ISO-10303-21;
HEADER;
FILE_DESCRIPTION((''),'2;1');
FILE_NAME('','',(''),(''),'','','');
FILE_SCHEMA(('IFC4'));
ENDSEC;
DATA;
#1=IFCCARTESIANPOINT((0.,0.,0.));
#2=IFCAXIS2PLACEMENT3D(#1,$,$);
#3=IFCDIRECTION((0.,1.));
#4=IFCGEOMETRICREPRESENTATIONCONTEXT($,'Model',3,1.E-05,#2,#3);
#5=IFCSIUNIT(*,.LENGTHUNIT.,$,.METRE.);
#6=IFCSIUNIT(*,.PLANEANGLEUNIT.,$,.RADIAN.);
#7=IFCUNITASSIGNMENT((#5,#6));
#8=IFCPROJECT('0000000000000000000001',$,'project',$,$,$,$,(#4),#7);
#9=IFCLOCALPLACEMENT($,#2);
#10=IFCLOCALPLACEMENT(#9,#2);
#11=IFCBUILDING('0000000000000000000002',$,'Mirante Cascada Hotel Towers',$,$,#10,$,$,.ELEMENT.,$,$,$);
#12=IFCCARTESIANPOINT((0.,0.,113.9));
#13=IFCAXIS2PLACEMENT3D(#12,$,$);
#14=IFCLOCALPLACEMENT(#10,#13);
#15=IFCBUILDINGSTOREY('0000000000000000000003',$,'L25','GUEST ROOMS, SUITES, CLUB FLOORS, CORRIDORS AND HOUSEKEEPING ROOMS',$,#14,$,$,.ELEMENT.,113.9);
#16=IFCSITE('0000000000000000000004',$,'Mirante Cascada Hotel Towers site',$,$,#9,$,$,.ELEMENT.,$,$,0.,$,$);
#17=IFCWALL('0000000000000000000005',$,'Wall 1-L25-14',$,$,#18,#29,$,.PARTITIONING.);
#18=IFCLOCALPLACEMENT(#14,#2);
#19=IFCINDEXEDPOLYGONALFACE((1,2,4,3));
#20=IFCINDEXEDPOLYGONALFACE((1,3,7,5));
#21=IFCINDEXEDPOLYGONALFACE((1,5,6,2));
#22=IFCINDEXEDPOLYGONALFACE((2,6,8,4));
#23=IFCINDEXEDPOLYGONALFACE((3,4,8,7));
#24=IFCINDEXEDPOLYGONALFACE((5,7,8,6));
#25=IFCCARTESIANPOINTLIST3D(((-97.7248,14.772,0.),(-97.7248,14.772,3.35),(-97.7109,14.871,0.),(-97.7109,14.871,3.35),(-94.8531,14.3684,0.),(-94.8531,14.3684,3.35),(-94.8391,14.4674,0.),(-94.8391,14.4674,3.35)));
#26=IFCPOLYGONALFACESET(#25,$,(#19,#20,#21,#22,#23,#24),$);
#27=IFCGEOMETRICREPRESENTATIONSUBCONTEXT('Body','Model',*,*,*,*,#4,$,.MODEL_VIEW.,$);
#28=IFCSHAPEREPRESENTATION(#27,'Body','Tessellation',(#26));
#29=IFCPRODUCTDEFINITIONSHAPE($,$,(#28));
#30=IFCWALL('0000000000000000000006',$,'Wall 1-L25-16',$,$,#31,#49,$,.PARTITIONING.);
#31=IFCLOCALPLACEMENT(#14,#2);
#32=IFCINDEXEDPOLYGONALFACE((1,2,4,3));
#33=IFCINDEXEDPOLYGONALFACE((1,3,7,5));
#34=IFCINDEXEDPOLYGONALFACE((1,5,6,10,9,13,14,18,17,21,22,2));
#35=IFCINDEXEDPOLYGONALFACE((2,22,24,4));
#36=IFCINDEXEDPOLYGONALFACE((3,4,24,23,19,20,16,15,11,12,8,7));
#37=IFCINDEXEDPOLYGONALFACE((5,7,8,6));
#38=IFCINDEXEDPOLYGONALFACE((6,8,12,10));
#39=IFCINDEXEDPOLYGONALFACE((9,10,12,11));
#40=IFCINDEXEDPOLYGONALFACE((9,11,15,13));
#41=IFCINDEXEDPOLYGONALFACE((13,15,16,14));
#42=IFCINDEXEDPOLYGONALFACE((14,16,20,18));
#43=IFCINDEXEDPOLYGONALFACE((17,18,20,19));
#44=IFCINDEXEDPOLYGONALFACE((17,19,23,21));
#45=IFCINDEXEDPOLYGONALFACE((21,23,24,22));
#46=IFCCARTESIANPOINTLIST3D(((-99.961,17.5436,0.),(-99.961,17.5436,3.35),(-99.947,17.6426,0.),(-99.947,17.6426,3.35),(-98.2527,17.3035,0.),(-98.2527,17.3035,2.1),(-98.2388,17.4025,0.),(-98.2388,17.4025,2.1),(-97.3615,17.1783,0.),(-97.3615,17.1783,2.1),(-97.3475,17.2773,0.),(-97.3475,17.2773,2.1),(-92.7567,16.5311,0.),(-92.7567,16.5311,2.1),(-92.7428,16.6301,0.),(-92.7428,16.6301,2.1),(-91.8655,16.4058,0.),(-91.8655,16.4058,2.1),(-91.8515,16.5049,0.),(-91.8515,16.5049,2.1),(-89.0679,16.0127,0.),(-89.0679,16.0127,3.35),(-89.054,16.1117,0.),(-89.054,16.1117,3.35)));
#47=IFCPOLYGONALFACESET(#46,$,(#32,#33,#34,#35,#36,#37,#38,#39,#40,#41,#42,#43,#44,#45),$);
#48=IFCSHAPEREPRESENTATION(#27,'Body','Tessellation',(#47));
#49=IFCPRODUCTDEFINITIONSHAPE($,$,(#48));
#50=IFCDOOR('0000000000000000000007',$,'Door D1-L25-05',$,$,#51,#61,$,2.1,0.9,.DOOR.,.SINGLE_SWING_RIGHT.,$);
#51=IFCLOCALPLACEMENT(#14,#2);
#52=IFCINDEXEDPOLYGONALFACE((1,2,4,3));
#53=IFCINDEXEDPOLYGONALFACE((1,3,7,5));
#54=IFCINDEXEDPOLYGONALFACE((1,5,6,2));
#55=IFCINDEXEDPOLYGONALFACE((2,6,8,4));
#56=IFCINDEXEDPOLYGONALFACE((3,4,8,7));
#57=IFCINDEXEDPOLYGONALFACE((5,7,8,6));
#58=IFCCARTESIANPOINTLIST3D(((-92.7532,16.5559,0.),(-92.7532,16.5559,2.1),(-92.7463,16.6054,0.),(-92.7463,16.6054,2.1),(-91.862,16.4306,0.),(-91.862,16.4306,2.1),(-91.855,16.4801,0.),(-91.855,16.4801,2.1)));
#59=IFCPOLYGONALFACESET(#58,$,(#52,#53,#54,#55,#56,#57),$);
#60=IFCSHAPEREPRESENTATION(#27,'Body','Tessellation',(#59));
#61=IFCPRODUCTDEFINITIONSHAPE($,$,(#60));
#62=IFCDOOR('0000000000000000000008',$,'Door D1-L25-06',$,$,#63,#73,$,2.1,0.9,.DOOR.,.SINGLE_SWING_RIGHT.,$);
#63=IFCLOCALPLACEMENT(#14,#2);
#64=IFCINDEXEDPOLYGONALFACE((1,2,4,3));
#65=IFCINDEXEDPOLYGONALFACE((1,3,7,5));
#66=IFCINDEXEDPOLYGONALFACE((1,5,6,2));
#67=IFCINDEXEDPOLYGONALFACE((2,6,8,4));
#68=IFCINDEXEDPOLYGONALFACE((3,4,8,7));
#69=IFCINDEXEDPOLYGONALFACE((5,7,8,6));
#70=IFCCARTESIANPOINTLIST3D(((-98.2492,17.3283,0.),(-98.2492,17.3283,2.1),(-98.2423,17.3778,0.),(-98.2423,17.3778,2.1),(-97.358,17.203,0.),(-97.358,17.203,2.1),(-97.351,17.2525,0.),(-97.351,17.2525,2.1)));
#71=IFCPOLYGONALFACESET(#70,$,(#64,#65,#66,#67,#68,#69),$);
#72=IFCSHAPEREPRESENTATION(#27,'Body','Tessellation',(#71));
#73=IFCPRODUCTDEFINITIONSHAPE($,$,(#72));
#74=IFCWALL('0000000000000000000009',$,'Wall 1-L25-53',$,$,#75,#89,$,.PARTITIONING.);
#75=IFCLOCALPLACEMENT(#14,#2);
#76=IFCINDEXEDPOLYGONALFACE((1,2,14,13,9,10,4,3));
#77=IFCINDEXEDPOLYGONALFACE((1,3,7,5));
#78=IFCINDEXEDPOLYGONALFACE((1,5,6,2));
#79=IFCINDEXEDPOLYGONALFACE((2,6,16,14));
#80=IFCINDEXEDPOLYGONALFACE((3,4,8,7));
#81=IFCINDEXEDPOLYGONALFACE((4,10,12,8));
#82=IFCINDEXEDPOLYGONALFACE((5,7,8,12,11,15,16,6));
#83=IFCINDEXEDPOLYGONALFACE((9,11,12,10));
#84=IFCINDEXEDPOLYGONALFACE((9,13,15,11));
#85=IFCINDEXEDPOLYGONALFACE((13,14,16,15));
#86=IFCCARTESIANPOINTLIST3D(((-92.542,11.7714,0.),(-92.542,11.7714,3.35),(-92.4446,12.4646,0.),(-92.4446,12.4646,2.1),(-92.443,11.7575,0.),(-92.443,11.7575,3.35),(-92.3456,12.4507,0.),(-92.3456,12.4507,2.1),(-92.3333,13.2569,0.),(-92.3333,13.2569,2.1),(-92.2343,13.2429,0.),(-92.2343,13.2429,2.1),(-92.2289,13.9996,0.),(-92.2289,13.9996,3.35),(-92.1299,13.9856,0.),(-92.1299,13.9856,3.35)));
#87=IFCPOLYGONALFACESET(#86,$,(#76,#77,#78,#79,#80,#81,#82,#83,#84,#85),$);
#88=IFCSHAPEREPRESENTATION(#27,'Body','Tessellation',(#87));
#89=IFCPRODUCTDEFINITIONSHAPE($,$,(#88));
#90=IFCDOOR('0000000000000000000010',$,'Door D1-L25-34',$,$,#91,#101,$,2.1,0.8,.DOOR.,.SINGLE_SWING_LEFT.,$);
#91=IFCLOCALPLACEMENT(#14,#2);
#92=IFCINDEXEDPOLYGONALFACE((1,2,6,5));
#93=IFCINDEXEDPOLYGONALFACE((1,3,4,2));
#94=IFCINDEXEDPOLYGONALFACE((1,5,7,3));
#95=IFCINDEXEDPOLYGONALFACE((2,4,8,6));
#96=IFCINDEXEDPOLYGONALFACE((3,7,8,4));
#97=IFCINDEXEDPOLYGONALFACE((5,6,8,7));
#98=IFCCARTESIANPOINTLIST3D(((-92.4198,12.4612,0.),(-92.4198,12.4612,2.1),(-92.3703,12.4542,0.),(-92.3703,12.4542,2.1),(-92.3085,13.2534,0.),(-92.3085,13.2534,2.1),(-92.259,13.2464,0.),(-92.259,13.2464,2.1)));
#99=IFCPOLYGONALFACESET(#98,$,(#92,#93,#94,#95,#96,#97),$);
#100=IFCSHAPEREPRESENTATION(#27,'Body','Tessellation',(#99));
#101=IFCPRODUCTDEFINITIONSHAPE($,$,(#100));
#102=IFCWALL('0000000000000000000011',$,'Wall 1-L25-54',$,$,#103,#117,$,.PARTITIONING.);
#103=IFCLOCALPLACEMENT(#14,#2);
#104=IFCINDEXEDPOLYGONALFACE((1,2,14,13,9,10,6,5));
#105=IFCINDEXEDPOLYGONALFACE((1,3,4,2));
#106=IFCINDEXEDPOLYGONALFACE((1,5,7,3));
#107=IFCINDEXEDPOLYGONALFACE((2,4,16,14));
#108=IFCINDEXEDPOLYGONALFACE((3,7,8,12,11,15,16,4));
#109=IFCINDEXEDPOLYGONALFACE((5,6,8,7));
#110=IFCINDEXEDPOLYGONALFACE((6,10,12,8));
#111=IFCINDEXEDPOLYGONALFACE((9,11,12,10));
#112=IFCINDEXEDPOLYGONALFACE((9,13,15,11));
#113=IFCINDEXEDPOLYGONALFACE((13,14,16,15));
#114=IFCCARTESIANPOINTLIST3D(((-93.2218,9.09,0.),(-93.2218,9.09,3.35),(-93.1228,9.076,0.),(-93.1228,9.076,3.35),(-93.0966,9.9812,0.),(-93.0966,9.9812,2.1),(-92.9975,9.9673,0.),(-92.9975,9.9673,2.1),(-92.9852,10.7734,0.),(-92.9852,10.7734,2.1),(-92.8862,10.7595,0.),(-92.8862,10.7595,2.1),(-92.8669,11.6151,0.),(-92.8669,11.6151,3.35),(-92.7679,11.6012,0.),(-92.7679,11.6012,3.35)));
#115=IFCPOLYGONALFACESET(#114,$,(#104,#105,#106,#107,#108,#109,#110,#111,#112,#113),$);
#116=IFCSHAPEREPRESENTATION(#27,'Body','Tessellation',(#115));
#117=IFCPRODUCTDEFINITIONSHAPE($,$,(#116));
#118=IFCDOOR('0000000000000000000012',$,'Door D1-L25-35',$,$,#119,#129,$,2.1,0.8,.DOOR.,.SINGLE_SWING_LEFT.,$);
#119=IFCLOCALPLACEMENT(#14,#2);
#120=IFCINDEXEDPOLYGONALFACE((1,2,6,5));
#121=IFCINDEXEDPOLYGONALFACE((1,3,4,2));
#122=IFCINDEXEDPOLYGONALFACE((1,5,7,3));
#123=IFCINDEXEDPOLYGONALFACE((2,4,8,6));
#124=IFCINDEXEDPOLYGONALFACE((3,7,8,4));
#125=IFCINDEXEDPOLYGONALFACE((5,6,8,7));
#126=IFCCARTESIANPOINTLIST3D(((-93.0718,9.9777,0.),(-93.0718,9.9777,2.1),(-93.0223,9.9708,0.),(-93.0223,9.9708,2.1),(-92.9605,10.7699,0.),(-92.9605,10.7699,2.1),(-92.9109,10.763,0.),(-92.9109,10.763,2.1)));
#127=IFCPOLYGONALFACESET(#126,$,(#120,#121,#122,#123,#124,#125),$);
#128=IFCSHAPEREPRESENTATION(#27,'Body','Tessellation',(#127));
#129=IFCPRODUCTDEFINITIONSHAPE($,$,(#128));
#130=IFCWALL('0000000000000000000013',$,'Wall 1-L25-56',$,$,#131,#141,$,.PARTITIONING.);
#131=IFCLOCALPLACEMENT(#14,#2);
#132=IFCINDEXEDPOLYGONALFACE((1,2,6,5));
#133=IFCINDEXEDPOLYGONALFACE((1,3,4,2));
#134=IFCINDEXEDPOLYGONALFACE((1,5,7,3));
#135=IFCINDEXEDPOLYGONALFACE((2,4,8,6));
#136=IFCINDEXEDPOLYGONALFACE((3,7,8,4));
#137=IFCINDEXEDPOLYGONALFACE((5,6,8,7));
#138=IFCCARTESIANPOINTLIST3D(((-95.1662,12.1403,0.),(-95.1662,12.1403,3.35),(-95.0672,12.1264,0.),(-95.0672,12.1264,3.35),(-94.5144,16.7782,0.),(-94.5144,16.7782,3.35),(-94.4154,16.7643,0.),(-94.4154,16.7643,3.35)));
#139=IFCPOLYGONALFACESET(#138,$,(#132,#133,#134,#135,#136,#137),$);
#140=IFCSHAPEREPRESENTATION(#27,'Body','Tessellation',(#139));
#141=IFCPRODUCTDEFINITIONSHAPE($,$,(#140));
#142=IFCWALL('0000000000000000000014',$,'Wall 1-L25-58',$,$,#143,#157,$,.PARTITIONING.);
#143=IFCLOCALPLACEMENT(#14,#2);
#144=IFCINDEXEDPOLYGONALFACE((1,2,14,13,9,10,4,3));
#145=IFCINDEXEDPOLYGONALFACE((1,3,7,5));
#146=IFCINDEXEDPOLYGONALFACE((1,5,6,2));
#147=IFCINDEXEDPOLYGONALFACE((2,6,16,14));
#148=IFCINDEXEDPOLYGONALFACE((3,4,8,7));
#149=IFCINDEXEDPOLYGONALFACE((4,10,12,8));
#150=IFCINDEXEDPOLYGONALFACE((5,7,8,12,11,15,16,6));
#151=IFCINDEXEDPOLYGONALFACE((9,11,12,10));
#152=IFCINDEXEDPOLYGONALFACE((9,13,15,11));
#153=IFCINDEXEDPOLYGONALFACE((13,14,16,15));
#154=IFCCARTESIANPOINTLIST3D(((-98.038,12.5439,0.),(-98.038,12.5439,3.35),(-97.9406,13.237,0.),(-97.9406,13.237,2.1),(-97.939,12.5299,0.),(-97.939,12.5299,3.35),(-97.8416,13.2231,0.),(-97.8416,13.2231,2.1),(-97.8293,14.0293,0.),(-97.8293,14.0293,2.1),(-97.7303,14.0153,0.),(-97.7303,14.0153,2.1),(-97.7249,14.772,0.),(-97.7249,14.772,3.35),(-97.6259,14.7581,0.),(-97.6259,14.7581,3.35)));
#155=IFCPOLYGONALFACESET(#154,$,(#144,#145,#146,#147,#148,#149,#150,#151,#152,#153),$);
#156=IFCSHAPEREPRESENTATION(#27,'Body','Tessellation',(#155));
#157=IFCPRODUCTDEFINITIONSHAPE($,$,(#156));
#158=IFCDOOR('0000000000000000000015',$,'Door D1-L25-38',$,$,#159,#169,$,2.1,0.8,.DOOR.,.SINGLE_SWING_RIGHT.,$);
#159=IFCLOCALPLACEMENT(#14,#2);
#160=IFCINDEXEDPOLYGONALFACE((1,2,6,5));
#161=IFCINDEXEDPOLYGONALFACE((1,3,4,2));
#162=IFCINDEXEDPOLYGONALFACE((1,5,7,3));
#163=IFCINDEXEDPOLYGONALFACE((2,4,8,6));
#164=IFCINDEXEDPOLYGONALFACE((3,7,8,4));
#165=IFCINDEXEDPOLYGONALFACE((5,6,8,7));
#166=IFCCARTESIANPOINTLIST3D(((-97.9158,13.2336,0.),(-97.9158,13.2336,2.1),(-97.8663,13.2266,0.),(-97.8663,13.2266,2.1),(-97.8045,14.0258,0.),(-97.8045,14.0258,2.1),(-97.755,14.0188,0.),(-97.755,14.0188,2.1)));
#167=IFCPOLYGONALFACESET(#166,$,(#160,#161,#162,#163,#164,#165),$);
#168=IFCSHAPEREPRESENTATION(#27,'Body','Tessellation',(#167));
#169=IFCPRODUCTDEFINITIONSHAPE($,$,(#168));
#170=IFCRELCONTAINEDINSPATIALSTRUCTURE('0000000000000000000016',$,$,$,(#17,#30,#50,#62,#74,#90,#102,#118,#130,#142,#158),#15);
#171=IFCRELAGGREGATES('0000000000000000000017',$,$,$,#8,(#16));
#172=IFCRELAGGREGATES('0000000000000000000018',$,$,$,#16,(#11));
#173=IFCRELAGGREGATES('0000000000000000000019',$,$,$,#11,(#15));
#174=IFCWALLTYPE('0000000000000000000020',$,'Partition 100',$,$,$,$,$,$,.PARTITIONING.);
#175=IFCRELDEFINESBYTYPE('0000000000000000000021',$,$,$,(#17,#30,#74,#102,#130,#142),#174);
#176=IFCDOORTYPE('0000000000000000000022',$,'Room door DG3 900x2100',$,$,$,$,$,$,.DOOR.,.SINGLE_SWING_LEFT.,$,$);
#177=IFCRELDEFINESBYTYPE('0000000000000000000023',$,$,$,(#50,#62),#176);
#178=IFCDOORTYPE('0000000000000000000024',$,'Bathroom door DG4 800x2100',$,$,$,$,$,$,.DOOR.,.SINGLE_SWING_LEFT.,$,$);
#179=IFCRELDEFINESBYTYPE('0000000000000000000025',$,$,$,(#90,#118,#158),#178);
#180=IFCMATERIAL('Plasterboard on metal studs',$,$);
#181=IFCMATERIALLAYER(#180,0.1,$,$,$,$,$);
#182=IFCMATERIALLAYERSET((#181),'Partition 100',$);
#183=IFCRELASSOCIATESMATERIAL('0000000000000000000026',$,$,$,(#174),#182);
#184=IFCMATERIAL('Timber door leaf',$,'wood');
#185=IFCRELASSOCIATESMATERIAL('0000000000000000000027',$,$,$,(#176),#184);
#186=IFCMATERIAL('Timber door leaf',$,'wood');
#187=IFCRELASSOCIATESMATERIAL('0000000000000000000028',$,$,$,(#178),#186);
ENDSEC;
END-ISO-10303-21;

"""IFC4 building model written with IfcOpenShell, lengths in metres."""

from ifc_helpers import new_model, si_unit, direction, frame, frame_2d, origin, place, context, subcontext, project, spatial, rectangle, extrude, material, layer, layer_set, type_object, element, fill, save


model = new_model("IFC4")

# Units and contexts
model_context = context("Model", 3, precision=1e-05, world=origin(), true_north=direction((0.0, 1.0)))
body_context = subcontext(model_context, "Body", "Model", "MODEL_VIEW")
ifc_project = project(units=[si_unit("LENGTHUNIT", "METRE"), si_unit("PLANEANGLEUNIT", "RADIAN")], contexts=[model_context])

# Site, building, storey
site_placement = place(None, origin())
site = spatial("IfcSite", under=ifc_project, at=site_placement, Name="Mirante Cascada Hotel Towers site", CompositionType="ELEMENT", RefElevation=0.0)
building_placement = place(site_placement, origin())
building = spatial("IfcBuilding", under=site, at=building_placement, Name="Mirante Cascada Hotel Towers", CompositionType="ELEMENT")
storey_placement = place(building_placement, frame((0.0, 0.0, 113.9)))
storey = spatial("IfcBuildingStorey", under=building, at=storey_placement, Name="L25", Description="GUEST ROOMS, SUITES, CLUB FLOORS, CORRIDORS AND HOUSEKEEPING ROOMS", CompositionType="ELEMENT", Elevation=113.9)

# Wall
ifc_material_1 = material(Name="Plasterboard on metal studs")
ifc_layer_1 = layer(ifc_material_1, 0.1)
ifc_layer_set_1 = layer_set([ifc_layer_1], Name="Partition 100")
wall_type_1 = type_object("IfcWallType", Name="Partition 100", PredefinedType="PARTITIONING", material=ifc_layer_set_1)
wall_1_placement = place(storey_placement, frame((-94.8461, 14.4179, 0.0), z_axis=(0.0, 0.0, 1.0), x_axis=(-0.990268, 0.139171, 0.0)))
element("IfcWall", 1, at=wall_1_placement, inside=storey, type_object=wall_type_1, Name="Wall 1-L25-14", PredefinedType="PARTITIONING", context=body_context, shape_type="SweptSolid", body=[
    extrude(rectangle(XDim=2.9, YDim=0.1, at=frame_2d((1.45, 0.0))), origin(), (0.0, 0.0, 1.0), 3.35),
])

# Wall, openings, doors
wall_2_placement = place(storey_placement, frame((-89.061, 16.0622, 0.0), z_axis=(0.0, 0.0, 1.0), x_axis=(-0.990268, 0.139172, 0.0)))
wall_2 = element("IfcWall", 2, at=wall_2_placement, inside=storey, type_object=wall_type_1, Name="Wall 1-L25-16", PredefinedType="PARTITIONING", context=body_context, shape_type="SweptSolid", body=[
    extrude(rectangle(XDim=11.0001, YDim=0.1, at=frame_2d((5.5, 0.0))), origin(), (0.0, 0.0, 1.0), 3.35),
])
opening_1_placement = place(wall_2_placement, frame((2.825, 0.0, 0.0)))
opening_1 = element("IfcOpeningElement", 3, at=opening_1_placement, cuts=wall_2, PredefinedType="OPENING", context=body_context, shape_type="SweptSolid", body=[
    extrude(rectangle(XDim=0.9, YDim=2.1, at=frame_2d((0.45, 1.05))), frame((0.0, 0.05, 0.0), z_axis=(0.0, -1.0, 0.0), x_axis=(1.0, 0.0, 0.0)), (0.0, 0.0, 1.0), 0.1),
])
opening_2_placement = place(wall_2_placement, frame((8.375, 0.0, 0.0)))
opening_2 = element("IfcOpeningElement", 4, at=opening_2_placement, cuts=wall_2, PredefinedType="OPENING", context=body_context, shape_type="SweptSolid", body=[
    extrude(rectangle(XDim=0.9, YDim=2.1, at=frame_2d((0.45, 1.05))), frame((0.0, 0.05, 0.0), z_axis=(0.0, -1.0, 0.0), x_axis=(1.0, 0.0, 0.0)), (0.0, 0.0, 1.0), 0.1),
])
ifc_material_2 = material(Name="Timber door leaf", Category="wood")
door_type_1 = type_object("IfcDoorType", Name="Room door DG3 900x2100", OperationType="SINGLE_SWING_LEFT", PredefinedType="DOOR", material=ifc_material_2)
door_1_placement = place(opening_1_placement, frame((0.9, 0.0, 0.0), z_axis=(0.0, 0.0, 1.0), x_axis=(-1.0, 0.0, 0.0)))
door_1 = element("IfcDoor", 5, at=door_1_placement, inside=storey, type_object=door_type_1, Name="Door D1-L25-05", OperationType="SINGLE_SWING_RIGHT", OverallHeight=2.1, OverallWidth=0.9, PredefinedType="DOOR", context=body_context, shape_type="SweptSolid", body=[
    extrude(rectangle(XDim=0.9, YDim=2.1, at=frame_2d((0.45, 1.05))), frame((0.0, 0.025, 0.0), z_axis=(0.0, -1.0, 0.0), x_axis=(1.0, 0.0, 0.0)), (0.0, 0.0, 1.0), 0.05),
])
fill(opening_1, door_1)
door_2_placement = place(opening_2_placement, frame((0.9, 0.0, 0.0), z_axis=(0.0, 0.0, 1.0), x_axis=(-1.0, 0.0, 0.0)))
door_2 = element("IfcDoor", 6, at=door_2_placement, inside=storey, type_object=door_type_1, Name="Door D1-L25-06", OperationType="SINGLE_SWING_RIGHT", OverallHeight=2.1, OverallWidth=0.9, PredefinedType="DOOR", context=body_context, shape_type="SweptSolid", body=[
    extrude(rectangle(XDim=0.9, YDim=2.1, at=frame_2d((0.45, 1.05))), frame((0.0, 0.025, 0.0), z_axis=(0.0, -1.0, 0.0), x_axis=(1.0, 0.0, 0.0)), (0.0, 0.0, 1.0), 0.05),
])
fill(opening_2, door_2)

# Walls, openings, doors
wall_3_placement = place(storey_placement, frame((-92.1794, 13.9926, 0.0), z_axis=(0.0, 0.0, 1.0), x_axis=(-0.139156, -0.990271, 0.0)))
wall_3 = element("IfcWall", 7, at=wall_3_placement, inside=storey, type_object=wall_type_1, Name="Wall 1-L25-53", PredefinedType="PARTITIONING", context=body_context, shape_type="SweptSolid", body=[
    extrude(rectangle(XDim=2.25, YDim=0.1, at=frame_2d((1.125, 0.0))), origin(), (0.0, 0.0, 1.0), 3.35),
])
opening_3_placement = place(wall_3_placement, frame((0.75, 0.0, 0.0)))
opening_3 = element("IfcOpeningElement", 8, at=opening_3_placement, cuts=wall_3, PredefinedType="OPENING", context=body_context, shape_type="SweptSolid", body=[
    extrude(rectangle(XDim=0.8, YDim=2.1, at=frame_2d((0.4, 1.05))), frame((0.0, 0.05, 0.0), z_axis=(0.0, -1.0, 0.0), x_axis=(1.0, 0.0, 0.0)), (0.0, 0.0, 1.0), 0.1),
])
ifc_material_3 = material(Name="Timber door leaf", Category="wood")
door_type_2 = type_object("IfcDoorType", Name="Bathroom door DG4 800x2100", OperationType="SINGLE_SWING_LEFT", PredefinedType="DOOR", material=ifc_material_3)
door_3_placement = place(opening_3_placement, origin())
door_3 = element("IfcDoor", 9, at=door_3_placement, inside=storey, type_object=door_type_2, Name="Door D1-L25-34", OperationType="SINGLE_SWING_LEFT", OverallHeight=2.1, OverallWidth=0.8, PredefinedType="DOOR", context=body_context, shape_type="SweptSolid", body=[
    extrude(rectangle(XDim=0.8, YDim=2.1, at=frame_2d((0.4, 1.05))), frame((0.0, 0.025, 0.0), z_axis=(0.0, -1.0, 0.0), x_axis=(1.0, 0.0, 0.0)), (0.0, 0.0, 1.0), 0.05),
])
fill(opening_3, door_3)
wall_4_placement = place(storey_placement, frame((-93.1723, 9.083, 0.0), z_axis=(0.0, 0.0, 1.0), x_axis=(0.139176, 0.990268, 0.0)))
wall_4 = element("IfcWall", 10, at=wall_4_placement, inside=storey, type_object=wall_type_1, Name="Wall 1-L25-54", PredefinedType="PARTITIONING", context=body_context, shape_type="SweptSolid", body=[
    extrude(rectangle(XDim=2.55, YDim=0.1, at=frame_2d((1.275, 0.0))), origin(), (0.0, 0.0, 1.0), 3.35),
])
opening_4_placement = place(wall_4_placement, frame((0.9, 0.0, 0.0)))
opening_4 = element("IfcOpeningElement", 11, at=opening_4_placement, cuts=wall_4, PredefinedType="OPENING", context=body_context, shape_type="SweptSolid", body=[
    extrude(rectangle(XDim=0.8, YDim=2.1, at=frame_2d((0.4, 1.05))), frame((0.0, 0.05, 0.0), z_axis=(0.0, -1.0, 0.0), x_axis=(1.0, 0.0, 0.0)), (0.0, 0.0, 1.0), 0.1),
])
door_4_placement = place(opening_4_placement, origin())
door_4 = element("IfcDoor", 12, at=door_4_placement, inside=storey, type_object=door_type_2, Name="Door D1-L25-35", OperationType="SINGLE_SWING_LEFT", OverallHeight=2.1, OverallWidth=0.8, PredefinedType="DOOR", context=body_context, shape_type="SweptSolid", body=[
    extrude(rectangle(XDim=0.8, YDim=2.1, at=frame_2d((0.4, 1.05))), frame((0.0, 0.025, 0.0), z_axis=(0.0, -1.0, 0.0), x_axis=(1.0, 0.0, 0.0)), (0.0, 0.0, 1.0), 0.05),
])
fill(opening_4, door_4)

# Wall
wall_5_placement = place(storey_placement, frame((-95.1167, 12.1333, 0.0), z_axis=(0.0, 0.0, 1.0), x_axis=(0.13917, 0.990268, 0.0)))
element("IfcWall", 13, at=wall_5_placement, inside=storey, type_object=wall_type_1, Name="Wall 1-L25-56", PredefinedType="PARTITIONING", context=body_context, shape_type="SweptSolid", body=[
    extrude(rectangle(XDim=4.6835, YDim=0.1, at=frame_2d((2.3418, 0.0))), origin(), (0.0, 0.0, 1.0), 3.35),
])

# Wall, opening, door
wall_6_placement = place(storey_placement, frame((-97.9885, 12.5369, 0.0), z_axis=(0.0, 0.0, 1.0), x_axis=(0.139156, 0.990271, 0.0)))
wall_6 = element("IfcWall", 14, at=wall_6_placement, inside=storey, type_object=wall_type_1, Name="Wall 1-L25-58", PredefinedType="PARTITIONING", context=body_context, shape_type="SweptSolid", body=[
    extrude(rectangle(XDim=2.25, YDim=0.1, at=frame_2d((1.125, 0.0))), origin(), (0.0, 0.0, 1.0), 3.35),
])
opening_5_placement = place(wall_6_placement, frame((0.7, 0.0, 0.0)))
opening_5 = element("IfcOpeningElement", 15, at=opening_5_placement, cuts=wall_6, PredefinedType="OPENING", context=body_context, shape_type="SweptSolid", body=[
    extrude(rectangle(XDim=0.8, YDim=2.1, at=frame_2d((0.4, 1.05))), frame((0.0, 0.05, 0.0), z_axis=(0.0, -1.0, 0.0), x_axis=(1.0, 0.0, 0.0)), (0.0, 0.0, 1.0), 0.1),
])
door_5_placement = place(opening_5_placement, frame((0.8, 0.0, 0.0), z_axis=(0.0, 0.0, 1.0), x_axis=(-1.0, 0.0, 0.0)))
door_5 = element("IfcDoor", 16, at=door_5_placement, inside=storey, type_object=door_type_2, Name="Door D1-L25-38", OperationType="SINGLE_SWING_RIGHT", OverallHeight=2.1, OverallWidth=0.8, PredefinedType="DOOR", context=body_context, shape_type="SweptSolid", body=[
    extrude(rectangle(XDim=0.8, YDim=2.1, at=frame_2d((0.4, 1.05))), frame((0.0, 0.025, 0.0), z_axis=(0.0, -1.0, 0.0), x_axis=(1.0, 0.0, 0.0)), (0.0, 0.0, 1.0), 0.05),
])
fill(opening_5, door_5)

save(model, "model.ifc")
